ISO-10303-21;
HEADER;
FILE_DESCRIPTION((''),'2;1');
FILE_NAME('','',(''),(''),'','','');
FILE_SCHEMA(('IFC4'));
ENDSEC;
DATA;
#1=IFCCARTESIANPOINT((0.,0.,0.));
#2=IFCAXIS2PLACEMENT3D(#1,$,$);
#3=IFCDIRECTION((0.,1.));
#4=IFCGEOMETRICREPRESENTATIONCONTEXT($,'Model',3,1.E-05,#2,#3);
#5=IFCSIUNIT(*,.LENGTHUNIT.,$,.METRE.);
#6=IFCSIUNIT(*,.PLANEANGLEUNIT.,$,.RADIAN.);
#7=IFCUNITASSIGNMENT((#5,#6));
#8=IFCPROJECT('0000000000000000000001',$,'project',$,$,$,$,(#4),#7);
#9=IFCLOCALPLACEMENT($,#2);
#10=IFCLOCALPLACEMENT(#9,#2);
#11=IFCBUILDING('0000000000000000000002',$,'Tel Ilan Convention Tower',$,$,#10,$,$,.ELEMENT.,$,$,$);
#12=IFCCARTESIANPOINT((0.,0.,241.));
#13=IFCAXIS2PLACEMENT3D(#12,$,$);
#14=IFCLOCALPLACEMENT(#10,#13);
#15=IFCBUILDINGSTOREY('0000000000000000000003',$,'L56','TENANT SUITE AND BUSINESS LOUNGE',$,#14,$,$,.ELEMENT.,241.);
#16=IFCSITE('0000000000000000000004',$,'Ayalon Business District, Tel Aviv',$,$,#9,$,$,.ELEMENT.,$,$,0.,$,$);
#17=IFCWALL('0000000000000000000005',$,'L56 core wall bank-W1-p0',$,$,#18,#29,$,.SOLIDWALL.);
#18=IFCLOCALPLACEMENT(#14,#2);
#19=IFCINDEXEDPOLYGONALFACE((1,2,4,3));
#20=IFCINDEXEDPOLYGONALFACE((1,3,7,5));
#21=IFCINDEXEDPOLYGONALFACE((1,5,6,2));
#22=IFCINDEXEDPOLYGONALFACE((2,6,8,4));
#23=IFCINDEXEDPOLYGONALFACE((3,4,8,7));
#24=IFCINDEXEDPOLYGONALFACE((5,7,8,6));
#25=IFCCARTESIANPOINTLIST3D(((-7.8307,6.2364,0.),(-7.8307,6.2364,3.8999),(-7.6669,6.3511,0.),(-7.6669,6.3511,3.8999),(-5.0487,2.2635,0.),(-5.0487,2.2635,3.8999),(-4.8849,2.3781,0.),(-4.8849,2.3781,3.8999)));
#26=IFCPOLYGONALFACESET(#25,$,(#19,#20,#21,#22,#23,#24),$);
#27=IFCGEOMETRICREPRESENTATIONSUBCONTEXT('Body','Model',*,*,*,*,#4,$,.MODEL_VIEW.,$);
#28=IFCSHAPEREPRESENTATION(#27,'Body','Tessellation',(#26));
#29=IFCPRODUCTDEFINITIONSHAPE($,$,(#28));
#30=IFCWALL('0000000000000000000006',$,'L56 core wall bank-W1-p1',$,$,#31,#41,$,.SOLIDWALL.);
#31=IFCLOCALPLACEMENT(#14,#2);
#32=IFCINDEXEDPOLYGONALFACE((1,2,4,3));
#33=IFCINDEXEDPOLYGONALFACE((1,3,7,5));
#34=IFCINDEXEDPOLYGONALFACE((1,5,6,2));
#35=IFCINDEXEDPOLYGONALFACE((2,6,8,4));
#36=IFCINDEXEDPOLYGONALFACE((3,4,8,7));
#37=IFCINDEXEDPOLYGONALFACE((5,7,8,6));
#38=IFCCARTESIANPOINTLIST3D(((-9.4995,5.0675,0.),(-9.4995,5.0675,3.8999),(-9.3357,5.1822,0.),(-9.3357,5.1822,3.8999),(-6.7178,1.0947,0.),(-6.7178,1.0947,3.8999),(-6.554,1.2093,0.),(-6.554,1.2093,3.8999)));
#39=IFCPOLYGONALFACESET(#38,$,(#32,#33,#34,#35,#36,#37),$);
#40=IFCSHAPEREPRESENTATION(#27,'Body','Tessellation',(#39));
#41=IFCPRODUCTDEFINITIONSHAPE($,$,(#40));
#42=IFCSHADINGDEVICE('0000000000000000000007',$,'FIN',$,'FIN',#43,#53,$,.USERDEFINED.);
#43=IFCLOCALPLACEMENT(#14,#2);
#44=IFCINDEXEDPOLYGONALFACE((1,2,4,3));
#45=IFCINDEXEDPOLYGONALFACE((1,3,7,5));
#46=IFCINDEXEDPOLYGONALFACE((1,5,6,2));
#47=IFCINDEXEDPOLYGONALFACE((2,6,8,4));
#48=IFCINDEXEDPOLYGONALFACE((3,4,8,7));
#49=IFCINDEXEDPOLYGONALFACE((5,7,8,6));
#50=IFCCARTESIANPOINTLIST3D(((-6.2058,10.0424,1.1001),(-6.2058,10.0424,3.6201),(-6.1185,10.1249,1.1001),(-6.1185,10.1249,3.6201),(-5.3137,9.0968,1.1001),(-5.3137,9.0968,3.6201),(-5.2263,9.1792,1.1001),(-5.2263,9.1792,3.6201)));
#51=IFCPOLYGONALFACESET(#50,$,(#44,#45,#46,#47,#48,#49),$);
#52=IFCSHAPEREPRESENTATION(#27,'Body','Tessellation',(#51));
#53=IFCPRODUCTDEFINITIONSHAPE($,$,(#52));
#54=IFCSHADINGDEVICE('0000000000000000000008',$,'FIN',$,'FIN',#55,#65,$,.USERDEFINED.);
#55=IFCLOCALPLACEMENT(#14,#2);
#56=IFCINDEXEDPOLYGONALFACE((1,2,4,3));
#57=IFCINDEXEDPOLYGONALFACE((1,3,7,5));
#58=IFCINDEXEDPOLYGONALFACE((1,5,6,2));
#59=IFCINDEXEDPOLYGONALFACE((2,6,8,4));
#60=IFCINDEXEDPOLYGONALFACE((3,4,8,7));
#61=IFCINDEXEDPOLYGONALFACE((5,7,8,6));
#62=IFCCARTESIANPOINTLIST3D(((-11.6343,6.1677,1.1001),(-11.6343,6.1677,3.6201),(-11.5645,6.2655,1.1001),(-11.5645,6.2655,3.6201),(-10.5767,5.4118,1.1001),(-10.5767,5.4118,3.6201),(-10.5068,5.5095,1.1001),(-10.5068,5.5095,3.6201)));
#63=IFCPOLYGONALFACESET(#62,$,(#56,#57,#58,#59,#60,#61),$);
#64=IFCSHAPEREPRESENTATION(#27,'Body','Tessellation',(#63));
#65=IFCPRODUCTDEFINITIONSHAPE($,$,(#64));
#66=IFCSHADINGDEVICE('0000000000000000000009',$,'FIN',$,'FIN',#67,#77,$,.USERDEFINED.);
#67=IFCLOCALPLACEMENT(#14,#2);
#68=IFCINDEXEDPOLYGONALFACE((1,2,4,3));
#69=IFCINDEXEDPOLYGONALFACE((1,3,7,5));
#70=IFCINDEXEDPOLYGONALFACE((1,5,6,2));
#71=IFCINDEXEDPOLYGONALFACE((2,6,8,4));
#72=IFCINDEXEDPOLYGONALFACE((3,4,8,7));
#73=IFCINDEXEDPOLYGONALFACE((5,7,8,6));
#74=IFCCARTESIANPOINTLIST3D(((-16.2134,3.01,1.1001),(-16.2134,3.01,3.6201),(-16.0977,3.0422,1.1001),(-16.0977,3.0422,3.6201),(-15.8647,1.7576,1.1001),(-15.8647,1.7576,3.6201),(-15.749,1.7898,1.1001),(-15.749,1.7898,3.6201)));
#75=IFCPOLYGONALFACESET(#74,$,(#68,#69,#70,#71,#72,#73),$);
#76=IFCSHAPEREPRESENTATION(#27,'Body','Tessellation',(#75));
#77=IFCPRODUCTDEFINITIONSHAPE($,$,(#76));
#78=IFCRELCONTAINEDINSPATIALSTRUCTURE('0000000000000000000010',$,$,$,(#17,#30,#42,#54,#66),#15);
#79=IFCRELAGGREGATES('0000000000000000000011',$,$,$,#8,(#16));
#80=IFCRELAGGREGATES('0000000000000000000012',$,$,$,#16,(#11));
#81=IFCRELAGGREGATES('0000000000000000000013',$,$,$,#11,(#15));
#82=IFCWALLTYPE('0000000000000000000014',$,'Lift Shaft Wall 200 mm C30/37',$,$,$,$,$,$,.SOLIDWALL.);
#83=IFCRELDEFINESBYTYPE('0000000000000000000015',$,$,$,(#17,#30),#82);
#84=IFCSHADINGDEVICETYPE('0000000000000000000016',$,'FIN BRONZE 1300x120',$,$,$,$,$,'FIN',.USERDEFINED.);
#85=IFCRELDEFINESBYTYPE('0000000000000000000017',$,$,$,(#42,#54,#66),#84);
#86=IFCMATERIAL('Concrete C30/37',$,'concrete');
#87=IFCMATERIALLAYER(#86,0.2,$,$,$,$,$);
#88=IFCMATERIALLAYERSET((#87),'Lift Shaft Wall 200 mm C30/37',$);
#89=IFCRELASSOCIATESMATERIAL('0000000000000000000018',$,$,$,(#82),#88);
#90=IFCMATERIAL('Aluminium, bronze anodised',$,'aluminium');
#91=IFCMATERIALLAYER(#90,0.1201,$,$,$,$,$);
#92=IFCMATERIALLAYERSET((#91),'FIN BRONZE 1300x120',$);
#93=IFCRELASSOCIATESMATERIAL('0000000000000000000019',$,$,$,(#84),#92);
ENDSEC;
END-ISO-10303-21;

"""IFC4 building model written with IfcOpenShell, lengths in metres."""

from ifc_helpers import new_model, si_unit, direction, frame, frame_2d, origin, origin_2d, place, context, subcontext, project, spatial, rectangle, extrude, material, layer, layer_set, type_object, element, save


model = new_model("IFC4")

# Units and contexts
model_context = context("Model", 3, precision=1e-05, world=origin(), true_north=direction((0.0, 1.0)))
body_context = subcontext(model_context, "Body", "Model", "MODEL_VIEW")
ifc_project = project(units=[si_unit("LENGTHUNIT", "METRE"), si_unit("PLANEANGLEUNIT", "RADIAN")], contexts=[model_context])

# Site, building, storey
site_placement = place(None, origin())
site = spatial("IfcSite", under=ifc_project, at=site_placement, Name="Ayalon Business District, Tel Aviv", CompositionType="ELEMENT", RefElevation=0.0)
building_placement = place(site_placement, origin())
building = spatial("IfcBuilding", under=site, at=building_placement, Name="Tel Ilan Convention Tower", CompositionType="ELEMENT")
storey_placement = place(building_placement, frame((0.0, 0.0, 241.0)))
storey = spatial("IfcBuildingStorey", under=building, at=storey_placement, Name="L56", Description="TENANT SUITE AND BUSINESS LOUNGE", CompositionType="ELEMENT", Elevation=241.0)

# Walls
ifc_material_1 = material(Name="Concrete C30/37", Category="concrete")
ifc_layer_1 = layer(ifc_material_1, 0.2)
ifc_layer_set_1 = layer_set([ifc_layer_1], Name="Lift Shaft Wall 200 mm C30/37")
wall_type_1 = type_object("IfcWallType", Name="Lift Shaft Wall 200 mm C30/37", PredefinedType="SOLIDWALL", material=ifc_layer_set_1)
wall_1_placement = place(storey_placement, frame((-4.9668, 2.3208, 0.0), z_axis=(0.0, 0.0, 1.0), x_axis=(-0.573594, 0.81914, 0.0)))
element("IfcWall", 1, at=wall_1_placement, inside=storey, type_object=wall_type_1, Name="L56 core wall bank-W1-p0", PredefinedType="SOLIDWALL", context=body_context, shape_type="SweptSolid", body=[
    extrude(rectangle(XDim=4.8501, YDim=0.2, at=frame_2d((2.425, 0.0))), origin(), (0.0, 0.0, 1.0), 3.8999),
])
wall_2_placement = place(storey_placement, frame((-6.636, 1.1521, 0.0), z_axis=(0.0, 0.0, 1.0), x_axis=(-0.57356, 0.819163, 0.0)))
element("IfcWall", 2, at=wall_2_placement, inside=storey, type_object=wall_type_1, Name="L56 core wall bank-W1-p1", PredefinedType="SOLIDWALL", context=body_context, shape_type="SweptSolid", body=[
    extrude(rectangle(XDim=4.8499, YDim=0.2, at=frame_2d((2.4248, 0.0))), origin(), (0.0, 0.0, 1.0), 3.8999),
])

# Shading devices
ifc_material_2 = material(Name="Aluminium, bronze anodised", Category="aluminium")
ifc_layer_2 = layer(ifc_material_2, 0.1201)
ifc_layer_set_2 = layer_set([ifc_layer_2], Name="FIN BRONZE 1300x120")
shading_device_type = type_object("IfcShadingDeviceType", Name="FIN BRONZE 1300x120", ElementType="FIN", PredefinedType="USERDEFINED", material=ifc_layer_set_2)
for number, where, z_axis, x_axis, name in (
    (3, (-5.7161, 9.6108, 1.1001), (0.0, 0.0, 1.0), (-0.686242, 0.727374, 0.0), "FIN"),
    (4, (-11.0706, 5.8386, 1.1001), (0.0, 0.0, 1.0), (-0.813552, 0.581492, 0.0), "FIN"),
    (5, (-15.9812, 2.3999, 1.1001), (0.0, 0.0, 1.0), (-0.268173, 0.963371, 0.0), "FIN"),
):
    element("IfcShadingDevice", number, at=place(storey_placement, frame(where, z_axis=z_axis, x_axis=x_axis)), inside=storey, type_object=shading_device_type, Name=name, ObjectType="FIN", PredefinedType="USERDEFINED", context=body_context, shape_type="SweptSolid", body=[
        extrude(rectangle(XDim=1.3, YDim=0.1201, at=origin_2d()), origin(), (0.0, 0.0, 1.0), 2.52),
    ])

save(model, "model.ifc")
